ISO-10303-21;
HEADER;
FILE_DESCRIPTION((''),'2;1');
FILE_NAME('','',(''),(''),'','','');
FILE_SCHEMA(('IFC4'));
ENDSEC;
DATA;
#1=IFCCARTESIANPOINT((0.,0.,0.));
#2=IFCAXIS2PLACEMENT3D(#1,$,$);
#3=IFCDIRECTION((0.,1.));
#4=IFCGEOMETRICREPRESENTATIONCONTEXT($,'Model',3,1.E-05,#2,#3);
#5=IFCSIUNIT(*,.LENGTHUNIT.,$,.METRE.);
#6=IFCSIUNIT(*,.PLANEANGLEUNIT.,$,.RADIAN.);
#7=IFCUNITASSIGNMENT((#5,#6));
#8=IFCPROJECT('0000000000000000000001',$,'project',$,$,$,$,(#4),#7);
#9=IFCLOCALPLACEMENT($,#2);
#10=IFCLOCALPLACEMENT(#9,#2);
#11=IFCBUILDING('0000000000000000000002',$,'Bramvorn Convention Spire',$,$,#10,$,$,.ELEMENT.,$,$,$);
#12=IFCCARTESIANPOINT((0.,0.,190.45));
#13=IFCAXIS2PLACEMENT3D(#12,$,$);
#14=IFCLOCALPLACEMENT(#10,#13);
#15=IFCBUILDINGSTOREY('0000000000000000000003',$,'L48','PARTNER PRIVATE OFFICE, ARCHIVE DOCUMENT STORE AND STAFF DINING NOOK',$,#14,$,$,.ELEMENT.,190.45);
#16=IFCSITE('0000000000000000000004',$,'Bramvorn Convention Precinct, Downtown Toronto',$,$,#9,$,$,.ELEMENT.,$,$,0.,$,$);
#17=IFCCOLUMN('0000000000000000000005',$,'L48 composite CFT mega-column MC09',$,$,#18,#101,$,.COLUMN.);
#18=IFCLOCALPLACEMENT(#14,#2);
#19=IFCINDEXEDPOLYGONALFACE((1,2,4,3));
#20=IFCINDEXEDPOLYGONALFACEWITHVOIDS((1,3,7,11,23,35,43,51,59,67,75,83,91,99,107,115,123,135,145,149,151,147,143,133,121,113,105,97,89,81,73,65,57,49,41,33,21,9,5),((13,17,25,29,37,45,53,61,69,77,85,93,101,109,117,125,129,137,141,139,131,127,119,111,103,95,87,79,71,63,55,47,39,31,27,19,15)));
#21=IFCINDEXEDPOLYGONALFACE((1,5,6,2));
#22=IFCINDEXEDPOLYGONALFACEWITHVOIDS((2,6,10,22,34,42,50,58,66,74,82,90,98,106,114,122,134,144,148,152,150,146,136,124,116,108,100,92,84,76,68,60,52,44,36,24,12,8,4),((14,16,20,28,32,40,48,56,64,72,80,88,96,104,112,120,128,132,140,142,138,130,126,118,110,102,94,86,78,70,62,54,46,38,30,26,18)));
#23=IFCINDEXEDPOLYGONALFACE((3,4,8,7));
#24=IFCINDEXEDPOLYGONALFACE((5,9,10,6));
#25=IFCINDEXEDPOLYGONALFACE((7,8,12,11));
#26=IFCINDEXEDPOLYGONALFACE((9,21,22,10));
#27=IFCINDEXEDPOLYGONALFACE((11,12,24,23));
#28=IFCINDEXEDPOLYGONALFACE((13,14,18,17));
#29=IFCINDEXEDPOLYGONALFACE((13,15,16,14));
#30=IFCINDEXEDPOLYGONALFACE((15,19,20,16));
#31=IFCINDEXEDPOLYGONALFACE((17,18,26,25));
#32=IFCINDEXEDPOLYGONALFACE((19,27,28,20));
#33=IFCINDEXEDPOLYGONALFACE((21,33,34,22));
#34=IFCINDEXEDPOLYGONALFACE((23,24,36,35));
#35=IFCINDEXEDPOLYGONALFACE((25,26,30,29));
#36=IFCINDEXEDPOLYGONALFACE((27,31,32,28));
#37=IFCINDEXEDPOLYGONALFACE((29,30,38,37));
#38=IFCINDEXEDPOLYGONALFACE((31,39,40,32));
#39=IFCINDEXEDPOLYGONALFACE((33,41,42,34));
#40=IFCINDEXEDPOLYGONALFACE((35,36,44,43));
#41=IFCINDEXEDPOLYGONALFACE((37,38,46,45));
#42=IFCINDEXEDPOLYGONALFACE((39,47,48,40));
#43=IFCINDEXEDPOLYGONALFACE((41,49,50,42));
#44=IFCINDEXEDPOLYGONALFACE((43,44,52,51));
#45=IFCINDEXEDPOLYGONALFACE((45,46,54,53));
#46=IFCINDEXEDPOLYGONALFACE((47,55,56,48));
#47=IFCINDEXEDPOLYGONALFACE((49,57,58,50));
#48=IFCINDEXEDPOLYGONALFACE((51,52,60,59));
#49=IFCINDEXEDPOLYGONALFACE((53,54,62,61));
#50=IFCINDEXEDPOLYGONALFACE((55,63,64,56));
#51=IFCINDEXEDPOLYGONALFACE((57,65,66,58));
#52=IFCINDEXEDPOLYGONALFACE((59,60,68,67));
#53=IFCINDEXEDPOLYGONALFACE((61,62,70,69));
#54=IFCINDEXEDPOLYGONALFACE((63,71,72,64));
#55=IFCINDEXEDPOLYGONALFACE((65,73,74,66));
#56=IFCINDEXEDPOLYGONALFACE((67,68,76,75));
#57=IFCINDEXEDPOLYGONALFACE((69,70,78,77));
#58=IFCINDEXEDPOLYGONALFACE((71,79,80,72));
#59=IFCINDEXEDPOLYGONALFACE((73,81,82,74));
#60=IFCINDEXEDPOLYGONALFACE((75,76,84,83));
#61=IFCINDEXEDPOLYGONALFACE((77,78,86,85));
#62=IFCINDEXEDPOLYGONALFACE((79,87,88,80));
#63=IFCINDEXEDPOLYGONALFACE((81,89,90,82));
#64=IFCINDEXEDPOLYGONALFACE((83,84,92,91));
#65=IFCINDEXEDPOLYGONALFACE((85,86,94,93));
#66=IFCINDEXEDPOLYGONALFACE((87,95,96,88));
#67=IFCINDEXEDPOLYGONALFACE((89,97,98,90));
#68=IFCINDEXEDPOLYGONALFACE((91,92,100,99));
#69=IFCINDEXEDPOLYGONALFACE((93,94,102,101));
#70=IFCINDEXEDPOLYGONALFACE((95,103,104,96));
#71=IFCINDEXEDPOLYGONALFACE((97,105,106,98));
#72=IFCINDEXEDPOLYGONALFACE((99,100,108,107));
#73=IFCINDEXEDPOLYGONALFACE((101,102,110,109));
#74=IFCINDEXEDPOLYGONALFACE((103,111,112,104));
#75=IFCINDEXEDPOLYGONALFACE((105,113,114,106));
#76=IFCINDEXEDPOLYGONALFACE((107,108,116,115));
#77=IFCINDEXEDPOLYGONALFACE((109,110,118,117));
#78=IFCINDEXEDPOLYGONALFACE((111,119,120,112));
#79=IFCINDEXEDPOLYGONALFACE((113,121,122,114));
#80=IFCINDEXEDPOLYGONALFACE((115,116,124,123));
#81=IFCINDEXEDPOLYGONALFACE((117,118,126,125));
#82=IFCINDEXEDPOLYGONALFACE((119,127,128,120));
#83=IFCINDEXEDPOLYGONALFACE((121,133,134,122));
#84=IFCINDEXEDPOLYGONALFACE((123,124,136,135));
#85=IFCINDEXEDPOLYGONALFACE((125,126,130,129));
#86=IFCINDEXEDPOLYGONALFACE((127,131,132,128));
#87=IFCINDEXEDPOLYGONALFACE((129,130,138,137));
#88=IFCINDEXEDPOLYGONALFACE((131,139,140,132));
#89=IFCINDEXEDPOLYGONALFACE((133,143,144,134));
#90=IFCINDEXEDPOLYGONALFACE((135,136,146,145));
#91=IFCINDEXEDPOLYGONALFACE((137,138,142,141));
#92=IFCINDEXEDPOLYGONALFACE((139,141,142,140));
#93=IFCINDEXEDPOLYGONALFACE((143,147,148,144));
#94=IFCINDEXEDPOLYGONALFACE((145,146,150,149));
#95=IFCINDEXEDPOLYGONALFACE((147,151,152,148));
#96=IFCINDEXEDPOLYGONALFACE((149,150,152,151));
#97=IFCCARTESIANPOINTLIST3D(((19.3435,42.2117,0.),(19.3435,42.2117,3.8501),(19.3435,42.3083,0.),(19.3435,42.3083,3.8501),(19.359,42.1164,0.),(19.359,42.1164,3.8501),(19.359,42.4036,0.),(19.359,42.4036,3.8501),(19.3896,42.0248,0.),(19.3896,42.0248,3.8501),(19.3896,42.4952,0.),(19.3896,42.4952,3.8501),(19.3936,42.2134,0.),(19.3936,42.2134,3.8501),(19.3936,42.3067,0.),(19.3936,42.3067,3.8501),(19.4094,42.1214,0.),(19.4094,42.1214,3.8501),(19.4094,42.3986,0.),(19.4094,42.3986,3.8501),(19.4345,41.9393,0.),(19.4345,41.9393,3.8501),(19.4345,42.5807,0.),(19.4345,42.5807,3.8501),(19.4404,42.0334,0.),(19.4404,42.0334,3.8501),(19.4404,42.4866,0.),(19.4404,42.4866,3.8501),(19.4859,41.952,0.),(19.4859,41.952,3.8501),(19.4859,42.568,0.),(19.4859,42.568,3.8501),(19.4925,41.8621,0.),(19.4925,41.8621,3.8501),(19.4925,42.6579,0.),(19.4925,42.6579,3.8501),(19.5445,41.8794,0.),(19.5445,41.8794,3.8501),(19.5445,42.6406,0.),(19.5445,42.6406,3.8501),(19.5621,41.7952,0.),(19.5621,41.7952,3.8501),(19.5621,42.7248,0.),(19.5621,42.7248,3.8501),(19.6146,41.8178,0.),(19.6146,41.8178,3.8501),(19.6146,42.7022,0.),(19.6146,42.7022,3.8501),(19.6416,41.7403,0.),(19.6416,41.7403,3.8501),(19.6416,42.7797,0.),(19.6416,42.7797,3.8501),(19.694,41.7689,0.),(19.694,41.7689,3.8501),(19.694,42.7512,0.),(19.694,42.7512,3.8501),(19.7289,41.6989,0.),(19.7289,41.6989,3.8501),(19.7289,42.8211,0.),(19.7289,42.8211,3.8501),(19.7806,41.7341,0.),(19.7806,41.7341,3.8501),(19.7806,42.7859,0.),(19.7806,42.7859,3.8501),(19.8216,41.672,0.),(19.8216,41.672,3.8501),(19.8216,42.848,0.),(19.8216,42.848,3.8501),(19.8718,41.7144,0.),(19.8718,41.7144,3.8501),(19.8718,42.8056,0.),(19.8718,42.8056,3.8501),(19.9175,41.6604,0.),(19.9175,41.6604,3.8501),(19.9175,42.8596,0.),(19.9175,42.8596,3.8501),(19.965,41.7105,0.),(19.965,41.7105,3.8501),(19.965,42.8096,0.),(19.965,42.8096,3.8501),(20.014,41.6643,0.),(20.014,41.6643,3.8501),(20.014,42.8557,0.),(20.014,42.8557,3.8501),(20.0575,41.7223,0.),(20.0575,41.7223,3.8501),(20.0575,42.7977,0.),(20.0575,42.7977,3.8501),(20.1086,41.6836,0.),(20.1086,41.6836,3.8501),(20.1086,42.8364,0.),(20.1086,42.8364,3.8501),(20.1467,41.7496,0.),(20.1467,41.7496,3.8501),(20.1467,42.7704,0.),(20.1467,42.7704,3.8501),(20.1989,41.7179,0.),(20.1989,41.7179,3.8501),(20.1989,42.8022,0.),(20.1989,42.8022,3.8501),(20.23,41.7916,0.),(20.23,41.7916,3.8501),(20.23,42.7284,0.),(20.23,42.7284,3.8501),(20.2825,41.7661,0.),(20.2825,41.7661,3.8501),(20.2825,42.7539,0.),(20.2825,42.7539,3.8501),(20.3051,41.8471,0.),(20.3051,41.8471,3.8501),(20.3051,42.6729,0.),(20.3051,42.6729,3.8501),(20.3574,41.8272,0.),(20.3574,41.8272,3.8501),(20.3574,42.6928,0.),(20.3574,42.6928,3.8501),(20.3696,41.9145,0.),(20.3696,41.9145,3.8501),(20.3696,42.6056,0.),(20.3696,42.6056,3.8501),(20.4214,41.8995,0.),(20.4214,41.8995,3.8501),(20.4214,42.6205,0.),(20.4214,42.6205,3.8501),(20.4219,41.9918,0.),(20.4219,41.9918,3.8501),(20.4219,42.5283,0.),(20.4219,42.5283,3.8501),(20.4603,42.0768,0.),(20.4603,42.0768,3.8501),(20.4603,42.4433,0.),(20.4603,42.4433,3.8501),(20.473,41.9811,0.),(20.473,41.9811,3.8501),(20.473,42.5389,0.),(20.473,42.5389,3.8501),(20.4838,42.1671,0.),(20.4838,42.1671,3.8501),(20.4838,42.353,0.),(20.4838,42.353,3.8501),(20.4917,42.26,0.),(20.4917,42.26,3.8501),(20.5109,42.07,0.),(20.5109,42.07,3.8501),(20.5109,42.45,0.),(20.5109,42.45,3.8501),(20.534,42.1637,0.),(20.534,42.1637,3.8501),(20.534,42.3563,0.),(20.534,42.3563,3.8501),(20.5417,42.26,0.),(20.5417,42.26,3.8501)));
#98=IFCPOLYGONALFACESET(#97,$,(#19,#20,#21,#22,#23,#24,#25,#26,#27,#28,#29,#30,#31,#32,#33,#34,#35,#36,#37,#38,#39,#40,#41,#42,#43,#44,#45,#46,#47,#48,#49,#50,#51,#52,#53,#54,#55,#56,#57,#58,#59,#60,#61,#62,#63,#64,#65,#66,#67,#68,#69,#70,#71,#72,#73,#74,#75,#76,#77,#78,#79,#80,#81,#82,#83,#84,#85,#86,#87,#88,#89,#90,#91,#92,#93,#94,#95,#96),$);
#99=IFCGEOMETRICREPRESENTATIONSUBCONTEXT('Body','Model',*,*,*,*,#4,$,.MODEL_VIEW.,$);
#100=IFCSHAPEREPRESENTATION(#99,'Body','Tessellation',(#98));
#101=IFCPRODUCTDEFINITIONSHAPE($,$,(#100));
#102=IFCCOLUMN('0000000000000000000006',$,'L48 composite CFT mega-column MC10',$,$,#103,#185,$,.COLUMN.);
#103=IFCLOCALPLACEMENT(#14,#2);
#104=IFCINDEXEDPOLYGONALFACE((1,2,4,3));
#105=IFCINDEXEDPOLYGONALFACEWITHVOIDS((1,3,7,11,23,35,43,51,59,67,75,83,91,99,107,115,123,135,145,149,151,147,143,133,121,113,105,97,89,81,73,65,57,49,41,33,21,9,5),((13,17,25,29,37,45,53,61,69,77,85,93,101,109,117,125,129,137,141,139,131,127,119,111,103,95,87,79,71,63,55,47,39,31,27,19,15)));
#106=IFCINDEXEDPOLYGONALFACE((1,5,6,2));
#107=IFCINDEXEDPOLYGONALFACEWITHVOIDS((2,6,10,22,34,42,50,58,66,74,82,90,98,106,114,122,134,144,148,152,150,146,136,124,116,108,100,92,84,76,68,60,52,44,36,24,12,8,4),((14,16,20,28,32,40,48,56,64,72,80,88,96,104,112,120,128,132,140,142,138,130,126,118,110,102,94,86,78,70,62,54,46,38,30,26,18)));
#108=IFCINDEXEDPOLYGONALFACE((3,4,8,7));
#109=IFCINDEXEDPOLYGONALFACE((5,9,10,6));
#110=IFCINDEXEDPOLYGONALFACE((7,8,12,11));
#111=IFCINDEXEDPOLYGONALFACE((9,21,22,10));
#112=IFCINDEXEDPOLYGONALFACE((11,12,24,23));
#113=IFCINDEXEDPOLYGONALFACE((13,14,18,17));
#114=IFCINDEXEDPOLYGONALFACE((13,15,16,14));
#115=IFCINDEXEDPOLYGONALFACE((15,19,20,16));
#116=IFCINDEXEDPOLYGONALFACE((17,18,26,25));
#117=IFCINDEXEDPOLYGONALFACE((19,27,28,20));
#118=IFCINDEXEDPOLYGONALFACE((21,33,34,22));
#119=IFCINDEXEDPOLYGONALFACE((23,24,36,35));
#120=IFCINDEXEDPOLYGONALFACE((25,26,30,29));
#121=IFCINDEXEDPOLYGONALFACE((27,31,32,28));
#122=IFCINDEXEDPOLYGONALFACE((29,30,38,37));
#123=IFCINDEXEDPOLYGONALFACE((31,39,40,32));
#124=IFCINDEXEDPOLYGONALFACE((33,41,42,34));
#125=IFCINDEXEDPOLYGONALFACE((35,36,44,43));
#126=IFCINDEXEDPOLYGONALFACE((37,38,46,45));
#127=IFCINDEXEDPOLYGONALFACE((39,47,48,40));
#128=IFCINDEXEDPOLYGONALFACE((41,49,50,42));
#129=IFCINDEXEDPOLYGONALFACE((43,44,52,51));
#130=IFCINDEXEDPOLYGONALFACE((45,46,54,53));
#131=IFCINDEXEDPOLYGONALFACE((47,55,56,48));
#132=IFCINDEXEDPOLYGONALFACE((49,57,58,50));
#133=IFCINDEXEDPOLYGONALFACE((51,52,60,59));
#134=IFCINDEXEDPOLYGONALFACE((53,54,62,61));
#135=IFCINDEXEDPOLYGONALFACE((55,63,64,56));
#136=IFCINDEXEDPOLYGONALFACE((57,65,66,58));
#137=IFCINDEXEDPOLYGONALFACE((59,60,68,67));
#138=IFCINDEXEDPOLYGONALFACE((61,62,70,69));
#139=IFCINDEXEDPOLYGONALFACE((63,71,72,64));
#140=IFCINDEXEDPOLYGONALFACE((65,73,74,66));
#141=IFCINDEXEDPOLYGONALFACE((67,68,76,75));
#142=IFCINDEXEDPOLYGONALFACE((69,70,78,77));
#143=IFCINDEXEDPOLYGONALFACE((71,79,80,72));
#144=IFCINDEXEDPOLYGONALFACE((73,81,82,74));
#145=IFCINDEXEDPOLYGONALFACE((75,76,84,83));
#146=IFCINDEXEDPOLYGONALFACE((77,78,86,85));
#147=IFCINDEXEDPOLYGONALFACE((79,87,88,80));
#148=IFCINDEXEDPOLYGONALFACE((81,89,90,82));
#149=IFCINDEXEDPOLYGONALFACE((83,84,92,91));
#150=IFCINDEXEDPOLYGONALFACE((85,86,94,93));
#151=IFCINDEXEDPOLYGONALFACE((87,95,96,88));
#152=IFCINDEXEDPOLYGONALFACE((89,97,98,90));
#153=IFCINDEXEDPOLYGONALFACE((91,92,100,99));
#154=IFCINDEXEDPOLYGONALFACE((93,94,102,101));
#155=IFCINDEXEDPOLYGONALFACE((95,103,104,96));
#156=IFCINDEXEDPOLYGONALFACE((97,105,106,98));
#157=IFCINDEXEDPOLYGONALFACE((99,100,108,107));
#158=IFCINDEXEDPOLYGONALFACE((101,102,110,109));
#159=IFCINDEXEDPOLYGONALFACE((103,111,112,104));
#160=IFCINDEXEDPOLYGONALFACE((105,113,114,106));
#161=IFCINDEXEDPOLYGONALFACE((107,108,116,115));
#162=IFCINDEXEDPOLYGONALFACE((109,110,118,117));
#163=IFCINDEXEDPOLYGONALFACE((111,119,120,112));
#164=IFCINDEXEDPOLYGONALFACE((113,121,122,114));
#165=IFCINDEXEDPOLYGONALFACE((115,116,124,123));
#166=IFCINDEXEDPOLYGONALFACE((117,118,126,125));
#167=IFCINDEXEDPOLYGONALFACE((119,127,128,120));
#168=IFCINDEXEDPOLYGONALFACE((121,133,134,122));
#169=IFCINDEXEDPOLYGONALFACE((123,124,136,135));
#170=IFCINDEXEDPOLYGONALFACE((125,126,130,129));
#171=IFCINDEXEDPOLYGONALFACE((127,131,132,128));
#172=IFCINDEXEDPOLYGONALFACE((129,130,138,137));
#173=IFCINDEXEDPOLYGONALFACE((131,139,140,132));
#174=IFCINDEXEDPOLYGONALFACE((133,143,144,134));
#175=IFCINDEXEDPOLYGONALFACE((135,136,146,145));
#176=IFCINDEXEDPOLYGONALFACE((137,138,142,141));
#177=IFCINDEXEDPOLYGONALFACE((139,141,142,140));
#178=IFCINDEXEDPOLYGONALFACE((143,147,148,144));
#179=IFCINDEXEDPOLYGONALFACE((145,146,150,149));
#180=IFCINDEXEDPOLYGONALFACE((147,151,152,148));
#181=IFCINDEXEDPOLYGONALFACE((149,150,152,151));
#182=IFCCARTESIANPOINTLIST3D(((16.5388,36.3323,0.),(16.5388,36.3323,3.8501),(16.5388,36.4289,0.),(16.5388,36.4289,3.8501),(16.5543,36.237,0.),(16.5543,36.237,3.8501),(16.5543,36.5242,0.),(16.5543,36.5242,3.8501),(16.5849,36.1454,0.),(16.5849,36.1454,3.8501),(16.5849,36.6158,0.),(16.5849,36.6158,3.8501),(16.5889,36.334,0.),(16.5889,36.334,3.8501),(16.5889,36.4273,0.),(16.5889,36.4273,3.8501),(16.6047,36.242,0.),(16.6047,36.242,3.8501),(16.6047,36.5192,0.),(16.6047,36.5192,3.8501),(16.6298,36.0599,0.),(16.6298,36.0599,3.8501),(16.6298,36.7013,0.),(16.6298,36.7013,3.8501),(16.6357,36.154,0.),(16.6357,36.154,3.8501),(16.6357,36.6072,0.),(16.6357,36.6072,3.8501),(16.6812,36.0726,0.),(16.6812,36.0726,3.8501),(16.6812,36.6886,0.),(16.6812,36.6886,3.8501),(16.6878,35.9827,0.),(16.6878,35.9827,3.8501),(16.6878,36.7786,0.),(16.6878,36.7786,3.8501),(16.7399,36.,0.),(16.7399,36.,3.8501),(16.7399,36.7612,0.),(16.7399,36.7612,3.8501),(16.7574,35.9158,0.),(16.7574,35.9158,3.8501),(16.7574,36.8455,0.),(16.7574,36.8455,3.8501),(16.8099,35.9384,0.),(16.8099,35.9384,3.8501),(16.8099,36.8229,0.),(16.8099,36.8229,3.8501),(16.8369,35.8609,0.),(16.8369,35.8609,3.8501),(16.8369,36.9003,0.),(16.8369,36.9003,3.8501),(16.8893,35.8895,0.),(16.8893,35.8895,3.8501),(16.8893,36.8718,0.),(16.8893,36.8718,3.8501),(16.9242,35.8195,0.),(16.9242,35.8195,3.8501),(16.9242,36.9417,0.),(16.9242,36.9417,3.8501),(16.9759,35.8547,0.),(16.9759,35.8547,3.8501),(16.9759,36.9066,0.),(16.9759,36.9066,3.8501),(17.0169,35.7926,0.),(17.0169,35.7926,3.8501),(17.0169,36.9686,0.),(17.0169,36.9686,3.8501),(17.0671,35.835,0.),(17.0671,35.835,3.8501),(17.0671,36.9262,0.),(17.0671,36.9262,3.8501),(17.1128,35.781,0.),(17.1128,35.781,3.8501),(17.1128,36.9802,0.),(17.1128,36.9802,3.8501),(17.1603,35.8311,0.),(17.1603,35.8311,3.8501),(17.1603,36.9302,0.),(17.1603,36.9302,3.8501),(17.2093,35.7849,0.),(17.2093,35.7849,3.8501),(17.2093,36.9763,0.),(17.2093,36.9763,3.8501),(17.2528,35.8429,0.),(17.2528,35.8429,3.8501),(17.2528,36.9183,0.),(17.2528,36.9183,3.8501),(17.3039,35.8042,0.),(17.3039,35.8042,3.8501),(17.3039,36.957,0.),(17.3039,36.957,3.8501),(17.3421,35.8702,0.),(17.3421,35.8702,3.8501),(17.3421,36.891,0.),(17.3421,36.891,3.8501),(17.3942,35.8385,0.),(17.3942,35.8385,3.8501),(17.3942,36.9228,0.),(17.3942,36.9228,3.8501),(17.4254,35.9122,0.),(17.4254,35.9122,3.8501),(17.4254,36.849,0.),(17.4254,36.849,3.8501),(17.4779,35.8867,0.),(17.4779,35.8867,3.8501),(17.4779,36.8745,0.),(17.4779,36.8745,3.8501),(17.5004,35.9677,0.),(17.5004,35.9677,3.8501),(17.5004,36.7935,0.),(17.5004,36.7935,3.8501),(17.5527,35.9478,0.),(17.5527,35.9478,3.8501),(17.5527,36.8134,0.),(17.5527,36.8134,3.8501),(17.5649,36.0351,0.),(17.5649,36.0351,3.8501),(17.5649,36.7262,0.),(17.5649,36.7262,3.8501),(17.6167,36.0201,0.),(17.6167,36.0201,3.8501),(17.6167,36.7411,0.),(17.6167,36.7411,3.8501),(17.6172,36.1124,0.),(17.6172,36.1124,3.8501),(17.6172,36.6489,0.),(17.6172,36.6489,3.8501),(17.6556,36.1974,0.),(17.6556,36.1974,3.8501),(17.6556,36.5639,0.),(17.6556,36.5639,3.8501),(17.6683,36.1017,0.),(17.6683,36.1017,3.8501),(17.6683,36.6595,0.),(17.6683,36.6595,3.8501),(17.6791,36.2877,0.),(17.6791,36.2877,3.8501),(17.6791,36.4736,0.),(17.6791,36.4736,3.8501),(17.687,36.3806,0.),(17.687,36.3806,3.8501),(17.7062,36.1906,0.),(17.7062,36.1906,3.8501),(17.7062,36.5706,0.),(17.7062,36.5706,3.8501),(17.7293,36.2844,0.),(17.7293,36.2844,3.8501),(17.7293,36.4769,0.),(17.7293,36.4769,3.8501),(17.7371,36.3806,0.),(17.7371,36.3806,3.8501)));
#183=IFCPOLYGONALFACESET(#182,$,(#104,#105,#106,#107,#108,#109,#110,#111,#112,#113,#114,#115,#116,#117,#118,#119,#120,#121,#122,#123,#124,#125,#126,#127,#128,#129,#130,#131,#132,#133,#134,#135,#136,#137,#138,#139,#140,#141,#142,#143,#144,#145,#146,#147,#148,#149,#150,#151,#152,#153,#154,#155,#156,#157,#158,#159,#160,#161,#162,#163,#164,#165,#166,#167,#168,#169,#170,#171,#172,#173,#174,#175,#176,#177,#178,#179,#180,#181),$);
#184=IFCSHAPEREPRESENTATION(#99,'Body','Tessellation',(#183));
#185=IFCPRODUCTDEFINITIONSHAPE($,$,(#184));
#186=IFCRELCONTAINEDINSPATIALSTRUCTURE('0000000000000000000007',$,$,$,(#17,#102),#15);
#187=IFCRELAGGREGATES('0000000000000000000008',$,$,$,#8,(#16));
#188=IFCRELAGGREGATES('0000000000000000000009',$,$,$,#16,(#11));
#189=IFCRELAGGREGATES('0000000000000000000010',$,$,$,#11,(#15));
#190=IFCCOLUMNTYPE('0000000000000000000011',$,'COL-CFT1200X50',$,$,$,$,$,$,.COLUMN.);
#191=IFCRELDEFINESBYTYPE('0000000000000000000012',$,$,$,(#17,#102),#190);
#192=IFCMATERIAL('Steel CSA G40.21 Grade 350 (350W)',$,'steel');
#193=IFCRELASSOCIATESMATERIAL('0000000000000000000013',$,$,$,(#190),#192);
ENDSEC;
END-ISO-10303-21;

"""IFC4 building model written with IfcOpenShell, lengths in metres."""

from ifc_helpers import new_model, si_unit, direction, frame, origin, origin_2d, place, context, subcontext, project, spatial, hollow_circle, extrude, material, material_profile, profile_set, type_object, element, save


model = new_model("IFC4")

# Units and contexts
model_context = context("Model", 3, precision=1e-05, world=origin(), true_north=direction((0.0, 1.0)))
body_context = subcontext(model_context, "Body", "Model", "MODEL_VIEW")
ifc_project = project(units=[si_unit("LENGTHUNIT", "METRE"), si_unit("PLANEANGLEUNIT", "RADIAN")], contexts=[model_context])

# Site, building, storey
site_placement = place(None, origin())
site = spatial("IfcSite", under=ifc_project, at=site_placement, Name="Bramvorn Convention Precinct, Downtown Toronto", CompositionType="ELEMENT", RefElevation=0.0)
building_placement = place(site_placement, origin())
building = spatial("IfcBuilding", under=site, at=building_placement, Name="Bramvorn Convention Spire", CompositionType="ELEMENT")
storey_placement = place(building_placement, frame((0.0, 0.0, 190.45)))
storey = spatial("IfcBuildingStorey", under=building, at=storey_placement, Name="L48", Description="PARTNER PRIVATE OFFICE, ARCHIVE DOCUMENT STORE AND STAFF DINING NOOK", CompositionType="ELEMENT", Elevation=190.45)

# Columns
ifc_material_1 = material(Name="Steel CSA G40.21 Grade 350 (350W)", Category="steel")
ifc_material_profile_1 = material_profile(ifc_material_1, hollow_circle(Radius=0.6001, WallThickness=0.05, at=origin_2d()))
ifc_profile_set_1 = profile_set([ifc_material_profile_1], Name="Steel CSA G40.21 Grade 350 (350W) - CFT1200X50")
column_type = type_object("IfcColumnType", Name="COL-CFT1200X50", PredefinedType="COLUMN", material=ifc_profile_set_1)
for number, where, z_axis, x_axis, name in (
    (1, (19.9417, 42.26, 0.0), (0.0, 0.0, 1.0), (1.0, 0.0, 0.0), "L48 composite CFT mega-column MC09"),
    (2, (17.137, 36.3806, 0.0), (0.0, 0.0, 1.0), (1.0, 0.0, 0.0), "L48 composite CFT mega-column MC10"),
):
    element("IfcColumn", number, at=place(storey_placement, frame(where, z_axis=z_axis, x_axis=x_axis)), inside=storey, type_object=column_type, Name=name, PredefinedType="COLUMN", context=body_context, shape_type="SweptSolid", body=[
        extrude(hollow_circle(Radius=0.6001, WallThickness=0.05, at=origin_2d()), origin(), (0.0, 0.0, 1.0), 3.8501),
    ])

save(model, "model.ifc")
